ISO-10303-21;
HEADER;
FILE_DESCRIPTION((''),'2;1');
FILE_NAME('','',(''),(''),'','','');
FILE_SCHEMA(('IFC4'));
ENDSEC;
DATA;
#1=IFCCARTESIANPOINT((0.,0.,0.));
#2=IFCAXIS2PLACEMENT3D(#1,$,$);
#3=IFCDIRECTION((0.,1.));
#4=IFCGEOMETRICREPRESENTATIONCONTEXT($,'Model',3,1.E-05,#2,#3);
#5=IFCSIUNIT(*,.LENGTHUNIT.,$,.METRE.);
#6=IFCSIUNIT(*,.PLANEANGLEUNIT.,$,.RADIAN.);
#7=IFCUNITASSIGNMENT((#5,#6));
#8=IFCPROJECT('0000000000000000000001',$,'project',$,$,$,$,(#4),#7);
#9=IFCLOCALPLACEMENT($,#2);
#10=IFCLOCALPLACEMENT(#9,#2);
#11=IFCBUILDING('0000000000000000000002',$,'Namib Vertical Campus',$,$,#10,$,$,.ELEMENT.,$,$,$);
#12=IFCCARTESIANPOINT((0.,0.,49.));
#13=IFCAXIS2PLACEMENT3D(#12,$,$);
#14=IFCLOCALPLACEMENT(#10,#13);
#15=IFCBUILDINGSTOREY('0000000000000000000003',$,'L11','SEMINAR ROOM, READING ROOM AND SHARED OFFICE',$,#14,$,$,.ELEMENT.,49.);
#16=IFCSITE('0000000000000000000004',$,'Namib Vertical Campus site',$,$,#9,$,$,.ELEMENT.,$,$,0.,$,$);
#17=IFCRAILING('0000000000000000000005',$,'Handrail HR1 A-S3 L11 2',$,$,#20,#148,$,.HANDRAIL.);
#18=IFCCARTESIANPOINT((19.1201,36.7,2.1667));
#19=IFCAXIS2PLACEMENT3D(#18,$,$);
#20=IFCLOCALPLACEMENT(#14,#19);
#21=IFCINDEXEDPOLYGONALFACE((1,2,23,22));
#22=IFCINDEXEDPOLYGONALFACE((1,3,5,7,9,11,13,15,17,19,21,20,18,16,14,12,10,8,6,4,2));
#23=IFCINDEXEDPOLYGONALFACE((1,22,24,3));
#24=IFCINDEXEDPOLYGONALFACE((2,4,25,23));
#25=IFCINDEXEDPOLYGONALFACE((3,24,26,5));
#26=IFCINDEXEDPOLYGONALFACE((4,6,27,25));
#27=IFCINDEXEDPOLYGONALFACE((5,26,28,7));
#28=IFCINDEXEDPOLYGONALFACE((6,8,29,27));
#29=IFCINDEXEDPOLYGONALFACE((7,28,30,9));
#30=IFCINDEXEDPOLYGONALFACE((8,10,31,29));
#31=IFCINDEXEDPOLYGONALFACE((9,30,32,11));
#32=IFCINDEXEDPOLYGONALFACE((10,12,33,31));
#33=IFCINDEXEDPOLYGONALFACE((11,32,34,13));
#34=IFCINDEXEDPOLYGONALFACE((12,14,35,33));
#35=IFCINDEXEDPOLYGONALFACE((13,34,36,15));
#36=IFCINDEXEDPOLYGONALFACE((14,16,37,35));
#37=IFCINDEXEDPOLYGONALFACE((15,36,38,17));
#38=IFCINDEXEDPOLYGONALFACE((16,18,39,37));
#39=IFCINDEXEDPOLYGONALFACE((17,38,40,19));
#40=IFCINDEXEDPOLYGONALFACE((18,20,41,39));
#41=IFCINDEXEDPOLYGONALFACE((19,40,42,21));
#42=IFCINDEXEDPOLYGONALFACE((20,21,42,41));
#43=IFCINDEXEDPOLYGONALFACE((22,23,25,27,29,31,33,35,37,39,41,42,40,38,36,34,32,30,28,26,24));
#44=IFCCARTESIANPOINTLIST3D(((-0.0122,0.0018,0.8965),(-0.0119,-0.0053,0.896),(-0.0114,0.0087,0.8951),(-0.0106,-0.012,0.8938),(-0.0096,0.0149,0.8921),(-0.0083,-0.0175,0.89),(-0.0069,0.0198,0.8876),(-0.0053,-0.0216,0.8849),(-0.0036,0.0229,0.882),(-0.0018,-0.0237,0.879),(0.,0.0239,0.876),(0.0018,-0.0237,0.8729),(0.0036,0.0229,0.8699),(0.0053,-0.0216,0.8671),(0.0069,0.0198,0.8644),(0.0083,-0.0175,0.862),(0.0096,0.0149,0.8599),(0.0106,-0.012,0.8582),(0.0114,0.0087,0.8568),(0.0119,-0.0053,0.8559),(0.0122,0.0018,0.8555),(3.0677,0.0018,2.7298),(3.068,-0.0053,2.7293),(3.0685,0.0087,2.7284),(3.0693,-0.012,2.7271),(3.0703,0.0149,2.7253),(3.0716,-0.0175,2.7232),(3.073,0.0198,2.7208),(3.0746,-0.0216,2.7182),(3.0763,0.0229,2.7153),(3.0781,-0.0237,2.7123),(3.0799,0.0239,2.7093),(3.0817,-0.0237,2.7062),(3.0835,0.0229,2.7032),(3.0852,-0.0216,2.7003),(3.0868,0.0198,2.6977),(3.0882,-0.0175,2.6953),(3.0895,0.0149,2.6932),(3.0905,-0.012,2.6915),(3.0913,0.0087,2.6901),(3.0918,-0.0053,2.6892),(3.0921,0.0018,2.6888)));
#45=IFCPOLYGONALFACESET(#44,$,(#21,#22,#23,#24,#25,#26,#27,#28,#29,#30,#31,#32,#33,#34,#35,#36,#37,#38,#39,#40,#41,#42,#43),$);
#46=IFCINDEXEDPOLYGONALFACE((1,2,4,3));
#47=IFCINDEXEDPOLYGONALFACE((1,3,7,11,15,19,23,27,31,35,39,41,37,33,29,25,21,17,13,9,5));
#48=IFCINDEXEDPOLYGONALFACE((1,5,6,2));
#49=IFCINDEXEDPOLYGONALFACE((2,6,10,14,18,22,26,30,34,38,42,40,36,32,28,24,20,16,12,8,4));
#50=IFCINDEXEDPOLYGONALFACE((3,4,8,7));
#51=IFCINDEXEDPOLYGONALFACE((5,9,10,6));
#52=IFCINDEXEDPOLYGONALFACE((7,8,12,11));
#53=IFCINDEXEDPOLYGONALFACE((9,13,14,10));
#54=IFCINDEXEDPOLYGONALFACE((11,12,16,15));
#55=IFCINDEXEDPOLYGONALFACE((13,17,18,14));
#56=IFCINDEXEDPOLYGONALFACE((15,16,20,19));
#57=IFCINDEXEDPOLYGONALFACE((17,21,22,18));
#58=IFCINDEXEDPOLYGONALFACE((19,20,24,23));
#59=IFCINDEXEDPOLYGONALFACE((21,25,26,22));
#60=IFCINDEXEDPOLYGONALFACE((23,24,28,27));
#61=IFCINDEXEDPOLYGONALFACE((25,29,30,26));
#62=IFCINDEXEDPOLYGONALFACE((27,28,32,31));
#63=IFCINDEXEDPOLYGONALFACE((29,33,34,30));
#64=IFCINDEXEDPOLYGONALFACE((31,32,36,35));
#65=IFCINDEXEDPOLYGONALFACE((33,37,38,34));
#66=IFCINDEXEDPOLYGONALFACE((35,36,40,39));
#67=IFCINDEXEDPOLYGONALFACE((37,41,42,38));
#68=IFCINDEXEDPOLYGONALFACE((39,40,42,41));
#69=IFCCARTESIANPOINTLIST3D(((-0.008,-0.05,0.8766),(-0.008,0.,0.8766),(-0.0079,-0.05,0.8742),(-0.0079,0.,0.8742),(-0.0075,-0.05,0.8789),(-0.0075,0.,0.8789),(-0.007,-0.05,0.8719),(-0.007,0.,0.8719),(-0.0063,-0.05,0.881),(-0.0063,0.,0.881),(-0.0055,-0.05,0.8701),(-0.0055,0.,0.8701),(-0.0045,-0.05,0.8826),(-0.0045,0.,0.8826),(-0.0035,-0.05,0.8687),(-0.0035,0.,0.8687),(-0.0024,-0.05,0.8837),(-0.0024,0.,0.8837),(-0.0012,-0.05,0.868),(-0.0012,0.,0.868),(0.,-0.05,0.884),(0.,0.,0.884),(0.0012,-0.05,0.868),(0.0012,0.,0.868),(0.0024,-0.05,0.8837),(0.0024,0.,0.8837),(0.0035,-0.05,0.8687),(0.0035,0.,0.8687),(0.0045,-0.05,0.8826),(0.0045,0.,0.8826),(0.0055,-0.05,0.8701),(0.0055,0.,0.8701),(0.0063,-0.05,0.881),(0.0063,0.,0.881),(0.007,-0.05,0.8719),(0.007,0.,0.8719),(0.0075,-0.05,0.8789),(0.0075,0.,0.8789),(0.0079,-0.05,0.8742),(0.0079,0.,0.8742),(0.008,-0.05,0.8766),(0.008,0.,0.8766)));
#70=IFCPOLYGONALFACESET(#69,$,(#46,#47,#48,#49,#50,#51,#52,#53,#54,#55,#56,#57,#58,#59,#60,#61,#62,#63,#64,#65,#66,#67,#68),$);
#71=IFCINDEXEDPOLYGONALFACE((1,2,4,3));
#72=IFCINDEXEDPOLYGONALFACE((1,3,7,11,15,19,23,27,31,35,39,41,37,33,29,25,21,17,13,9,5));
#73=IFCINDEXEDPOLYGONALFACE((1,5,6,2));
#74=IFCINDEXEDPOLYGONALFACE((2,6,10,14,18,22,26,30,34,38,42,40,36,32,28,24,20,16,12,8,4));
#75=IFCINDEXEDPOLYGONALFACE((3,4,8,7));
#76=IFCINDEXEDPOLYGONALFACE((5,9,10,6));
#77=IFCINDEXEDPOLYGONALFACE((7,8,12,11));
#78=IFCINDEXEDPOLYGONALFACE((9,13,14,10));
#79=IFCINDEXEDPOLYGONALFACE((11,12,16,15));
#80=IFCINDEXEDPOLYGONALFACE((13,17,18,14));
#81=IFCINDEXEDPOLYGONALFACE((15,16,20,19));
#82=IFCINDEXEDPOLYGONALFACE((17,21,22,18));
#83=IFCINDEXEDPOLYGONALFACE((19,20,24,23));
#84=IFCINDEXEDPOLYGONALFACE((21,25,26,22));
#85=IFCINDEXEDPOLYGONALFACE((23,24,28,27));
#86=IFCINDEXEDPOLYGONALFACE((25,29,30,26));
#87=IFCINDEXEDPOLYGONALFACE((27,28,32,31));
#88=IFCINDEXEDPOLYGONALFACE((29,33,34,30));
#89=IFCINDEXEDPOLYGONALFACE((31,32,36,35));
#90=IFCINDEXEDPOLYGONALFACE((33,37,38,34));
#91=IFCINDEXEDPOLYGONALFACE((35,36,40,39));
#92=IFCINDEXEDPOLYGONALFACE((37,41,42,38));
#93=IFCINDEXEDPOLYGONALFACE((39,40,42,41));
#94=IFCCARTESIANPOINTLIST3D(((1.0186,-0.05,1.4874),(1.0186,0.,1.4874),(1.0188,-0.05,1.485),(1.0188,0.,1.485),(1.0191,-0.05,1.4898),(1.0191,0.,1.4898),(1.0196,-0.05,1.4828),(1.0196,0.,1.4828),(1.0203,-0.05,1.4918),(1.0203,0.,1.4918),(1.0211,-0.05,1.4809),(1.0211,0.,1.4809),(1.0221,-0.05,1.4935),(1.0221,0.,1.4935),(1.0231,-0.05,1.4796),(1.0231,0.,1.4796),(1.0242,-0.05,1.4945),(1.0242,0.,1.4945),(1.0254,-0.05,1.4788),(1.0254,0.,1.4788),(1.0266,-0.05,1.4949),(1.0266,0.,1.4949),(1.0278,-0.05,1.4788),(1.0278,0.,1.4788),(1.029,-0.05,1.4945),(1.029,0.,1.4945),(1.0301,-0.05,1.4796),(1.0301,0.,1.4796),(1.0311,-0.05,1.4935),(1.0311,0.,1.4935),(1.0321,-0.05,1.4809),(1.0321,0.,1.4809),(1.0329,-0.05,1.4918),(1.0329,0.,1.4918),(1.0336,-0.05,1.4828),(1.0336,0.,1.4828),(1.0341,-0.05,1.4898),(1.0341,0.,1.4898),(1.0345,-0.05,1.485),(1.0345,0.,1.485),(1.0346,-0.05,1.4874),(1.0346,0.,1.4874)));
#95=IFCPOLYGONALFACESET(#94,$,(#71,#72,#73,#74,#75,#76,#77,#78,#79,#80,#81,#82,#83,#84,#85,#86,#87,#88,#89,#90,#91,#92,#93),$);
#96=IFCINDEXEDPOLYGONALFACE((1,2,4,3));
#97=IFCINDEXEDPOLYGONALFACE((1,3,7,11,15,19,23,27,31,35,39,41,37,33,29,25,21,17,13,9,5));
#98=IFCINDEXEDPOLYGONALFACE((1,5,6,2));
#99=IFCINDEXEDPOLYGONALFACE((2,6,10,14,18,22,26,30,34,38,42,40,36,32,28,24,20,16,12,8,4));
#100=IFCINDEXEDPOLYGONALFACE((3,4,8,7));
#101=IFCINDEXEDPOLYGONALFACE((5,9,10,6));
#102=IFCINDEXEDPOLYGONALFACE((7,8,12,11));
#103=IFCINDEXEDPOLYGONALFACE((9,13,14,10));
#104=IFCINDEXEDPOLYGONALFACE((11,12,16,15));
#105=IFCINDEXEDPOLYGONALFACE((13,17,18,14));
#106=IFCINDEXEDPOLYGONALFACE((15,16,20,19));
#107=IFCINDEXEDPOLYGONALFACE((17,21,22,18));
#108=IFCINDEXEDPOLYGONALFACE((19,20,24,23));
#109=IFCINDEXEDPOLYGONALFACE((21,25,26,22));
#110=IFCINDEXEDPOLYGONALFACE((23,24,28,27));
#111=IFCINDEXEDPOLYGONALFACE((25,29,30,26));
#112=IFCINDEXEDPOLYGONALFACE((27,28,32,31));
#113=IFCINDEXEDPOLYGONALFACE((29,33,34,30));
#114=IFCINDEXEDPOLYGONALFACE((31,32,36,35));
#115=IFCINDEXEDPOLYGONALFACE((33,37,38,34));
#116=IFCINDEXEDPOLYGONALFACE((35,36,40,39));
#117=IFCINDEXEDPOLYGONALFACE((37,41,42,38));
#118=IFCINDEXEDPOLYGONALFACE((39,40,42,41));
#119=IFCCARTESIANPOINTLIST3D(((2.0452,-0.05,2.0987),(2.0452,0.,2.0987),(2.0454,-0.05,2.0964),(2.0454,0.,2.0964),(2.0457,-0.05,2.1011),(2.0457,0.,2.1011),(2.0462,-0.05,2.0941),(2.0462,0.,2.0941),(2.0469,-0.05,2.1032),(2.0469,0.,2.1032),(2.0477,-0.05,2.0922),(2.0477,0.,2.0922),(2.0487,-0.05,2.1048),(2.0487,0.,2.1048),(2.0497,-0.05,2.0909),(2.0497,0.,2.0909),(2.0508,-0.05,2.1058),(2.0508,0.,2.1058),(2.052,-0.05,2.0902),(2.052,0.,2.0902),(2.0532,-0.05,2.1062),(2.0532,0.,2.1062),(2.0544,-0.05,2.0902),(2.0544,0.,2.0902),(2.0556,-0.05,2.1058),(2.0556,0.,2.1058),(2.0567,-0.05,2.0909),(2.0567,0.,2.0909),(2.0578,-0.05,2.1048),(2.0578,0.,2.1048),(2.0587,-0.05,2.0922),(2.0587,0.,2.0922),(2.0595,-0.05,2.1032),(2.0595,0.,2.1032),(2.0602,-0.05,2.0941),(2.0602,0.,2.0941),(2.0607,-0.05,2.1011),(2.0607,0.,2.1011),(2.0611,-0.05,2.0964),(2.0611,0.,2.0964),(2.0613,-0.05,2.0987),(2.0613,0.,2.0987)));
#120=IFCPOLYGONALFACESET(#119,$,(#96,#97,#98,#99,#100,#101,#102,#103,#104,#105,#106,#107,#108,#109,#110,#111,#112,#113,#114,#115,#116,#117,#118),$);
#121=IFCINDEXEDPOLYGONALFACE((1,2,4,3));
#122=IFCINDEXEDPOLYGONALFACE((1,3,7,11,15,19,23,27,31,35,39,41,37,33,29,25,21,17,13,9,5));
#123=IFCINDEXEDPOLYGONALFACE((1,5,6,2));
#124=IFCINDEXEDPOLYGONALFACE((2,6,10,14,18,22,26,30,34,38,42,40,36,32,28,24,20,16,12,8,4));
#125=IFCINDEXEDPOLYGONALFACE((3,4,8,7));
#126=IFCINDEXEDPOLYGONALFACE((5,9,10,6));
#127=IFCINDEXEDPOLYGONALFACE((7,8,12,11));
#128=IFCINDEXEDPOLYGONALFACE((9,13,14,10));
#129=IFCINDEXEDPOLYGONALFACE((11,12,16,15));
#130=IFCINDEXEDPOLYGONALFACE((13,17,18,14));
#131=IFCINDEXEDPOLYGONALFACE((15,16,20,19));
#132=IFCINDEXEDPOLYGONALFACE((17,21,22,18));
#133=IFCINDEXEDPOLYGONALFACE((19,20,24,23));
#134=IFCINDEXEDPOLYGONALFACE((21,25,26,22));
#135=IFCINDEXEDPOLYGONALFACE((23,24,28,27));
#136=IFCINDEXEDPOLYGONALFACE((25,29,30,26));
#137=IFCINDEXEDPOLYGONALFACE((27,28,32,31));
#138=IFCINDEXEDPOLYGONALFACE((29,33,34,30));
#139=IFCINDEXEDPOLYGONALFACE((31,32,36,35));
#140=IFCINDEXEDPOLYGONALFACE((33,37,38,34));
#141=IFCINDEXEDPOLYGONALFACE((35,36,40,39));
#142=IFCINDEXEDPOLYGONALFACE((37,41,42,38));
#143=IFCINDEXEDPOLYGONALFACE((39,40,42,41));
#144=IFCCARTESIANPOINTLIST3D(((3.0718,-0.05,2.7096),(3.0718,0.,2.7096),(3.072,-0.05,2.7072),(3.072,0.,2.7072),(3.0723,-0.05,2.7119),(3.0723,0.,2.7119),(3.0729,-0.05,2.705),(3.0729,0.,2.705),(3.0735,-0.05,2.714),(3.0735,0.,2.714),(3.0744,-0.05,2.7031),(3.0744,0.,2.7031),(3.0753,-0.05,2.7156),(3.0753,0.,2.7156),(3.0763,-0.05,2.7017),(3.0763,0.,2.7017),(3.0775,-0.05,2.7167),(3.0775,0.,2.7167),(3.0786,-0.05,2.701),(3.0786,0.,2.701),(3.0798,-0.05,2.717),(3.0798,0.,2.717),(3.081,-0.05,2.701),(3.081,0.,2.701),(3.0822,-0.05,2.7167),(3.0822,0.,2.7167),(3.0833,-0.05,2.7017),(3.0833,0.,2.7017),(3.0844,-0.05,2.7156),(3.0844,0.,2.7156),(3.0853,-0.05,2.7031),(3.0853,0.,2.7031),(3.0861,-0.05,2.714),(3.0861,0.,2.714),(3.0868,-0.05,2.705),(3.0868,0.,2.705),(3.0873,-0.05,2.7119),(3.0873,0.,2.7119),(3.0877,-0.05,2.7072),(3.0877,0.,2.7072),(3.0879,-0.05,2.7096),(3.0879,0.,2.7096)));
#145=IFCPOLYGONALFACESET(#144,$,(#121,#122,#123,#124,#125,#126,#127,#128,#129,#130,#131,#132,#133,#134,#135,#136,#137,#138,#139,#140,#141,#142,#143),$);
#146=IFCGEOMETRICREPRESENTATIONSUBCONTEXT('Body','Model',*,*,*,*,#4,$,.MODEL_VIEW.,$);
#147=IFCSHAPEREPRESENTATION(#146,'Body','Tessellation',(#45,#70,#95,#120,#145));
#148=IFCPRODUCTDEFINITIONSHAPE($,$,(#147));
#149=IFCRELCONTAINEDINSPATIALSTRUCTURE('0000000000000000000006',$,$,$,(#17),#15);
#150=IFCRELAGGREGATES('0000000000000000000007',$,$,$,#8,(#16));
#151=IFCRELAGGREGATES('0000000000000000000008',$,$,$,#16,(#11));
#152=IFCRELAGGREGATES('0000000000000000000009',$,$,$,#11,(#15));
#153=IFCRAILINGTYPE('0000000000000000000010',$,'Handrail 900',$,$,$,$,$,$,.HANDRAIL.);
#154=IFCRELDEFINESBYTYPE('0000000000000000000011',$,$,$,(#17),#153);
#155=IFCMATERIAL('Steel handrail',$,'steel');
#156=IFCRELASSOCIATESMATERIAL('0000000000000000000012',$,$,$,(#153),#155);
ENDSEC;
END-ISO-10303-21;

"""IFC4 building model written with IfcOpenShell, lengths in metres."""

from ifc_helpers import new_model, si_unit, direction, frame, origin, origin_2d, place, context, subcontext, project, spatial, circle, extrude, material, type_object, element, save


model = new_model("IFC4")

# Units and contexts
model_context = context("Model", 3, precision=1e-05, world=origin(), true_north=direction((0.0, 1.0)))
body_context = subcontext(model_context, "Body", "Model", "MODEL_VIEW")
ifc_project = project(units=[si_unit("LENGTHUNIT", "METRE"), si_unit("PLANEANGLEUNIT", "RADIAN")], contexts=[model_context])

# Site, building, storey
site_placement = place(None, origin())
site = spatial("IfcSite", under=ifc_project, at=site_placement, Name="Namib Vertical Campus site", CompositionType="ELEMENT", RefElevation=0.0)
building_placement = place(site_placement, origin())
building = spatial("IfcBuilding", under=site, at=building_placement, Name="Namib Vertical Campus", CompositionType="ELEMENT")
storey_placement = place(building_placement, frame((0.0, 0.0, 49.0)))
storey = spatial("IfcBuildingStorey", under=building, at=storey_placement, Name="L11", Description="SEMINAR ROOM, READING ROOM AND SHARED OFFICE", CompositionType="ELEMENT", Elevation=49.0)

# Railing
ifc_material_1 = material(Name="Steel handrail", Category="steel")
railing_type = type_object("IfcRailingType", Name="Handrail 900", PredefinedType="HANDRAIL", material=ifc_material_1)
railing_1_placement = place(storey_placement, frame((19.1201, 36.7, 2.1667)))
element("IfcRailing", 1, at=railing_1_placement, inside=storey, type_object=railing_type, Name="Handrail HR1 A-S3 L11 2", PredefinedType="HANDRAIL", context=body_context, shape_type="SweptSolid", body=[
    extrude(circle(Radius=0.0239, at=origin_2d()), frame((0.0, 0.0, 0.876), z_axis=(0.859291, 0.0, 0.511487), x_axis=(0.0, 1.0, 0.0)), (0.0, 0.0, 1.0), 3.5842),
    extrude(circle(Radius=0.0081, at=origin_2d()), frame((0.0, 0.0, 0.876), z_axis=(0.0, -1.0, 0.0), x_axis=(0.0, 0.0, 1.0)), (0.0, 0.0, 1.0), 0.05),
    extrude(circle(Radius=0.0081, at=origin_2d()), frame((1.0266, 0.0, 1.4868), z_axis=(0.0, -1.0, 0.0), x_axis=(0.0, 0.0, 1.0)), (0.0, 0.0, 1.0), 0.05),
    extrude(circle(Radius=0.0081, at=origin_2d()), frame((2.0532, 0.0, 2.0981), z_axis=(0.0, -1.0, 0.0), x_axis=(0.0, 0.0, 1.0)), (0.0, 0.0, 1.0), 0.05),
    extrude(circle(Radius=0.0081, at=origin_2d()), frame((3.0798, 0.0, 2.709), z_axis=(0.0, -1.0, 0.0), x_axis=(0.0, 0.0, 1.0)), (0.0, 0.0, 1.0), 0.05),
])

save(model, "model.ifc")
